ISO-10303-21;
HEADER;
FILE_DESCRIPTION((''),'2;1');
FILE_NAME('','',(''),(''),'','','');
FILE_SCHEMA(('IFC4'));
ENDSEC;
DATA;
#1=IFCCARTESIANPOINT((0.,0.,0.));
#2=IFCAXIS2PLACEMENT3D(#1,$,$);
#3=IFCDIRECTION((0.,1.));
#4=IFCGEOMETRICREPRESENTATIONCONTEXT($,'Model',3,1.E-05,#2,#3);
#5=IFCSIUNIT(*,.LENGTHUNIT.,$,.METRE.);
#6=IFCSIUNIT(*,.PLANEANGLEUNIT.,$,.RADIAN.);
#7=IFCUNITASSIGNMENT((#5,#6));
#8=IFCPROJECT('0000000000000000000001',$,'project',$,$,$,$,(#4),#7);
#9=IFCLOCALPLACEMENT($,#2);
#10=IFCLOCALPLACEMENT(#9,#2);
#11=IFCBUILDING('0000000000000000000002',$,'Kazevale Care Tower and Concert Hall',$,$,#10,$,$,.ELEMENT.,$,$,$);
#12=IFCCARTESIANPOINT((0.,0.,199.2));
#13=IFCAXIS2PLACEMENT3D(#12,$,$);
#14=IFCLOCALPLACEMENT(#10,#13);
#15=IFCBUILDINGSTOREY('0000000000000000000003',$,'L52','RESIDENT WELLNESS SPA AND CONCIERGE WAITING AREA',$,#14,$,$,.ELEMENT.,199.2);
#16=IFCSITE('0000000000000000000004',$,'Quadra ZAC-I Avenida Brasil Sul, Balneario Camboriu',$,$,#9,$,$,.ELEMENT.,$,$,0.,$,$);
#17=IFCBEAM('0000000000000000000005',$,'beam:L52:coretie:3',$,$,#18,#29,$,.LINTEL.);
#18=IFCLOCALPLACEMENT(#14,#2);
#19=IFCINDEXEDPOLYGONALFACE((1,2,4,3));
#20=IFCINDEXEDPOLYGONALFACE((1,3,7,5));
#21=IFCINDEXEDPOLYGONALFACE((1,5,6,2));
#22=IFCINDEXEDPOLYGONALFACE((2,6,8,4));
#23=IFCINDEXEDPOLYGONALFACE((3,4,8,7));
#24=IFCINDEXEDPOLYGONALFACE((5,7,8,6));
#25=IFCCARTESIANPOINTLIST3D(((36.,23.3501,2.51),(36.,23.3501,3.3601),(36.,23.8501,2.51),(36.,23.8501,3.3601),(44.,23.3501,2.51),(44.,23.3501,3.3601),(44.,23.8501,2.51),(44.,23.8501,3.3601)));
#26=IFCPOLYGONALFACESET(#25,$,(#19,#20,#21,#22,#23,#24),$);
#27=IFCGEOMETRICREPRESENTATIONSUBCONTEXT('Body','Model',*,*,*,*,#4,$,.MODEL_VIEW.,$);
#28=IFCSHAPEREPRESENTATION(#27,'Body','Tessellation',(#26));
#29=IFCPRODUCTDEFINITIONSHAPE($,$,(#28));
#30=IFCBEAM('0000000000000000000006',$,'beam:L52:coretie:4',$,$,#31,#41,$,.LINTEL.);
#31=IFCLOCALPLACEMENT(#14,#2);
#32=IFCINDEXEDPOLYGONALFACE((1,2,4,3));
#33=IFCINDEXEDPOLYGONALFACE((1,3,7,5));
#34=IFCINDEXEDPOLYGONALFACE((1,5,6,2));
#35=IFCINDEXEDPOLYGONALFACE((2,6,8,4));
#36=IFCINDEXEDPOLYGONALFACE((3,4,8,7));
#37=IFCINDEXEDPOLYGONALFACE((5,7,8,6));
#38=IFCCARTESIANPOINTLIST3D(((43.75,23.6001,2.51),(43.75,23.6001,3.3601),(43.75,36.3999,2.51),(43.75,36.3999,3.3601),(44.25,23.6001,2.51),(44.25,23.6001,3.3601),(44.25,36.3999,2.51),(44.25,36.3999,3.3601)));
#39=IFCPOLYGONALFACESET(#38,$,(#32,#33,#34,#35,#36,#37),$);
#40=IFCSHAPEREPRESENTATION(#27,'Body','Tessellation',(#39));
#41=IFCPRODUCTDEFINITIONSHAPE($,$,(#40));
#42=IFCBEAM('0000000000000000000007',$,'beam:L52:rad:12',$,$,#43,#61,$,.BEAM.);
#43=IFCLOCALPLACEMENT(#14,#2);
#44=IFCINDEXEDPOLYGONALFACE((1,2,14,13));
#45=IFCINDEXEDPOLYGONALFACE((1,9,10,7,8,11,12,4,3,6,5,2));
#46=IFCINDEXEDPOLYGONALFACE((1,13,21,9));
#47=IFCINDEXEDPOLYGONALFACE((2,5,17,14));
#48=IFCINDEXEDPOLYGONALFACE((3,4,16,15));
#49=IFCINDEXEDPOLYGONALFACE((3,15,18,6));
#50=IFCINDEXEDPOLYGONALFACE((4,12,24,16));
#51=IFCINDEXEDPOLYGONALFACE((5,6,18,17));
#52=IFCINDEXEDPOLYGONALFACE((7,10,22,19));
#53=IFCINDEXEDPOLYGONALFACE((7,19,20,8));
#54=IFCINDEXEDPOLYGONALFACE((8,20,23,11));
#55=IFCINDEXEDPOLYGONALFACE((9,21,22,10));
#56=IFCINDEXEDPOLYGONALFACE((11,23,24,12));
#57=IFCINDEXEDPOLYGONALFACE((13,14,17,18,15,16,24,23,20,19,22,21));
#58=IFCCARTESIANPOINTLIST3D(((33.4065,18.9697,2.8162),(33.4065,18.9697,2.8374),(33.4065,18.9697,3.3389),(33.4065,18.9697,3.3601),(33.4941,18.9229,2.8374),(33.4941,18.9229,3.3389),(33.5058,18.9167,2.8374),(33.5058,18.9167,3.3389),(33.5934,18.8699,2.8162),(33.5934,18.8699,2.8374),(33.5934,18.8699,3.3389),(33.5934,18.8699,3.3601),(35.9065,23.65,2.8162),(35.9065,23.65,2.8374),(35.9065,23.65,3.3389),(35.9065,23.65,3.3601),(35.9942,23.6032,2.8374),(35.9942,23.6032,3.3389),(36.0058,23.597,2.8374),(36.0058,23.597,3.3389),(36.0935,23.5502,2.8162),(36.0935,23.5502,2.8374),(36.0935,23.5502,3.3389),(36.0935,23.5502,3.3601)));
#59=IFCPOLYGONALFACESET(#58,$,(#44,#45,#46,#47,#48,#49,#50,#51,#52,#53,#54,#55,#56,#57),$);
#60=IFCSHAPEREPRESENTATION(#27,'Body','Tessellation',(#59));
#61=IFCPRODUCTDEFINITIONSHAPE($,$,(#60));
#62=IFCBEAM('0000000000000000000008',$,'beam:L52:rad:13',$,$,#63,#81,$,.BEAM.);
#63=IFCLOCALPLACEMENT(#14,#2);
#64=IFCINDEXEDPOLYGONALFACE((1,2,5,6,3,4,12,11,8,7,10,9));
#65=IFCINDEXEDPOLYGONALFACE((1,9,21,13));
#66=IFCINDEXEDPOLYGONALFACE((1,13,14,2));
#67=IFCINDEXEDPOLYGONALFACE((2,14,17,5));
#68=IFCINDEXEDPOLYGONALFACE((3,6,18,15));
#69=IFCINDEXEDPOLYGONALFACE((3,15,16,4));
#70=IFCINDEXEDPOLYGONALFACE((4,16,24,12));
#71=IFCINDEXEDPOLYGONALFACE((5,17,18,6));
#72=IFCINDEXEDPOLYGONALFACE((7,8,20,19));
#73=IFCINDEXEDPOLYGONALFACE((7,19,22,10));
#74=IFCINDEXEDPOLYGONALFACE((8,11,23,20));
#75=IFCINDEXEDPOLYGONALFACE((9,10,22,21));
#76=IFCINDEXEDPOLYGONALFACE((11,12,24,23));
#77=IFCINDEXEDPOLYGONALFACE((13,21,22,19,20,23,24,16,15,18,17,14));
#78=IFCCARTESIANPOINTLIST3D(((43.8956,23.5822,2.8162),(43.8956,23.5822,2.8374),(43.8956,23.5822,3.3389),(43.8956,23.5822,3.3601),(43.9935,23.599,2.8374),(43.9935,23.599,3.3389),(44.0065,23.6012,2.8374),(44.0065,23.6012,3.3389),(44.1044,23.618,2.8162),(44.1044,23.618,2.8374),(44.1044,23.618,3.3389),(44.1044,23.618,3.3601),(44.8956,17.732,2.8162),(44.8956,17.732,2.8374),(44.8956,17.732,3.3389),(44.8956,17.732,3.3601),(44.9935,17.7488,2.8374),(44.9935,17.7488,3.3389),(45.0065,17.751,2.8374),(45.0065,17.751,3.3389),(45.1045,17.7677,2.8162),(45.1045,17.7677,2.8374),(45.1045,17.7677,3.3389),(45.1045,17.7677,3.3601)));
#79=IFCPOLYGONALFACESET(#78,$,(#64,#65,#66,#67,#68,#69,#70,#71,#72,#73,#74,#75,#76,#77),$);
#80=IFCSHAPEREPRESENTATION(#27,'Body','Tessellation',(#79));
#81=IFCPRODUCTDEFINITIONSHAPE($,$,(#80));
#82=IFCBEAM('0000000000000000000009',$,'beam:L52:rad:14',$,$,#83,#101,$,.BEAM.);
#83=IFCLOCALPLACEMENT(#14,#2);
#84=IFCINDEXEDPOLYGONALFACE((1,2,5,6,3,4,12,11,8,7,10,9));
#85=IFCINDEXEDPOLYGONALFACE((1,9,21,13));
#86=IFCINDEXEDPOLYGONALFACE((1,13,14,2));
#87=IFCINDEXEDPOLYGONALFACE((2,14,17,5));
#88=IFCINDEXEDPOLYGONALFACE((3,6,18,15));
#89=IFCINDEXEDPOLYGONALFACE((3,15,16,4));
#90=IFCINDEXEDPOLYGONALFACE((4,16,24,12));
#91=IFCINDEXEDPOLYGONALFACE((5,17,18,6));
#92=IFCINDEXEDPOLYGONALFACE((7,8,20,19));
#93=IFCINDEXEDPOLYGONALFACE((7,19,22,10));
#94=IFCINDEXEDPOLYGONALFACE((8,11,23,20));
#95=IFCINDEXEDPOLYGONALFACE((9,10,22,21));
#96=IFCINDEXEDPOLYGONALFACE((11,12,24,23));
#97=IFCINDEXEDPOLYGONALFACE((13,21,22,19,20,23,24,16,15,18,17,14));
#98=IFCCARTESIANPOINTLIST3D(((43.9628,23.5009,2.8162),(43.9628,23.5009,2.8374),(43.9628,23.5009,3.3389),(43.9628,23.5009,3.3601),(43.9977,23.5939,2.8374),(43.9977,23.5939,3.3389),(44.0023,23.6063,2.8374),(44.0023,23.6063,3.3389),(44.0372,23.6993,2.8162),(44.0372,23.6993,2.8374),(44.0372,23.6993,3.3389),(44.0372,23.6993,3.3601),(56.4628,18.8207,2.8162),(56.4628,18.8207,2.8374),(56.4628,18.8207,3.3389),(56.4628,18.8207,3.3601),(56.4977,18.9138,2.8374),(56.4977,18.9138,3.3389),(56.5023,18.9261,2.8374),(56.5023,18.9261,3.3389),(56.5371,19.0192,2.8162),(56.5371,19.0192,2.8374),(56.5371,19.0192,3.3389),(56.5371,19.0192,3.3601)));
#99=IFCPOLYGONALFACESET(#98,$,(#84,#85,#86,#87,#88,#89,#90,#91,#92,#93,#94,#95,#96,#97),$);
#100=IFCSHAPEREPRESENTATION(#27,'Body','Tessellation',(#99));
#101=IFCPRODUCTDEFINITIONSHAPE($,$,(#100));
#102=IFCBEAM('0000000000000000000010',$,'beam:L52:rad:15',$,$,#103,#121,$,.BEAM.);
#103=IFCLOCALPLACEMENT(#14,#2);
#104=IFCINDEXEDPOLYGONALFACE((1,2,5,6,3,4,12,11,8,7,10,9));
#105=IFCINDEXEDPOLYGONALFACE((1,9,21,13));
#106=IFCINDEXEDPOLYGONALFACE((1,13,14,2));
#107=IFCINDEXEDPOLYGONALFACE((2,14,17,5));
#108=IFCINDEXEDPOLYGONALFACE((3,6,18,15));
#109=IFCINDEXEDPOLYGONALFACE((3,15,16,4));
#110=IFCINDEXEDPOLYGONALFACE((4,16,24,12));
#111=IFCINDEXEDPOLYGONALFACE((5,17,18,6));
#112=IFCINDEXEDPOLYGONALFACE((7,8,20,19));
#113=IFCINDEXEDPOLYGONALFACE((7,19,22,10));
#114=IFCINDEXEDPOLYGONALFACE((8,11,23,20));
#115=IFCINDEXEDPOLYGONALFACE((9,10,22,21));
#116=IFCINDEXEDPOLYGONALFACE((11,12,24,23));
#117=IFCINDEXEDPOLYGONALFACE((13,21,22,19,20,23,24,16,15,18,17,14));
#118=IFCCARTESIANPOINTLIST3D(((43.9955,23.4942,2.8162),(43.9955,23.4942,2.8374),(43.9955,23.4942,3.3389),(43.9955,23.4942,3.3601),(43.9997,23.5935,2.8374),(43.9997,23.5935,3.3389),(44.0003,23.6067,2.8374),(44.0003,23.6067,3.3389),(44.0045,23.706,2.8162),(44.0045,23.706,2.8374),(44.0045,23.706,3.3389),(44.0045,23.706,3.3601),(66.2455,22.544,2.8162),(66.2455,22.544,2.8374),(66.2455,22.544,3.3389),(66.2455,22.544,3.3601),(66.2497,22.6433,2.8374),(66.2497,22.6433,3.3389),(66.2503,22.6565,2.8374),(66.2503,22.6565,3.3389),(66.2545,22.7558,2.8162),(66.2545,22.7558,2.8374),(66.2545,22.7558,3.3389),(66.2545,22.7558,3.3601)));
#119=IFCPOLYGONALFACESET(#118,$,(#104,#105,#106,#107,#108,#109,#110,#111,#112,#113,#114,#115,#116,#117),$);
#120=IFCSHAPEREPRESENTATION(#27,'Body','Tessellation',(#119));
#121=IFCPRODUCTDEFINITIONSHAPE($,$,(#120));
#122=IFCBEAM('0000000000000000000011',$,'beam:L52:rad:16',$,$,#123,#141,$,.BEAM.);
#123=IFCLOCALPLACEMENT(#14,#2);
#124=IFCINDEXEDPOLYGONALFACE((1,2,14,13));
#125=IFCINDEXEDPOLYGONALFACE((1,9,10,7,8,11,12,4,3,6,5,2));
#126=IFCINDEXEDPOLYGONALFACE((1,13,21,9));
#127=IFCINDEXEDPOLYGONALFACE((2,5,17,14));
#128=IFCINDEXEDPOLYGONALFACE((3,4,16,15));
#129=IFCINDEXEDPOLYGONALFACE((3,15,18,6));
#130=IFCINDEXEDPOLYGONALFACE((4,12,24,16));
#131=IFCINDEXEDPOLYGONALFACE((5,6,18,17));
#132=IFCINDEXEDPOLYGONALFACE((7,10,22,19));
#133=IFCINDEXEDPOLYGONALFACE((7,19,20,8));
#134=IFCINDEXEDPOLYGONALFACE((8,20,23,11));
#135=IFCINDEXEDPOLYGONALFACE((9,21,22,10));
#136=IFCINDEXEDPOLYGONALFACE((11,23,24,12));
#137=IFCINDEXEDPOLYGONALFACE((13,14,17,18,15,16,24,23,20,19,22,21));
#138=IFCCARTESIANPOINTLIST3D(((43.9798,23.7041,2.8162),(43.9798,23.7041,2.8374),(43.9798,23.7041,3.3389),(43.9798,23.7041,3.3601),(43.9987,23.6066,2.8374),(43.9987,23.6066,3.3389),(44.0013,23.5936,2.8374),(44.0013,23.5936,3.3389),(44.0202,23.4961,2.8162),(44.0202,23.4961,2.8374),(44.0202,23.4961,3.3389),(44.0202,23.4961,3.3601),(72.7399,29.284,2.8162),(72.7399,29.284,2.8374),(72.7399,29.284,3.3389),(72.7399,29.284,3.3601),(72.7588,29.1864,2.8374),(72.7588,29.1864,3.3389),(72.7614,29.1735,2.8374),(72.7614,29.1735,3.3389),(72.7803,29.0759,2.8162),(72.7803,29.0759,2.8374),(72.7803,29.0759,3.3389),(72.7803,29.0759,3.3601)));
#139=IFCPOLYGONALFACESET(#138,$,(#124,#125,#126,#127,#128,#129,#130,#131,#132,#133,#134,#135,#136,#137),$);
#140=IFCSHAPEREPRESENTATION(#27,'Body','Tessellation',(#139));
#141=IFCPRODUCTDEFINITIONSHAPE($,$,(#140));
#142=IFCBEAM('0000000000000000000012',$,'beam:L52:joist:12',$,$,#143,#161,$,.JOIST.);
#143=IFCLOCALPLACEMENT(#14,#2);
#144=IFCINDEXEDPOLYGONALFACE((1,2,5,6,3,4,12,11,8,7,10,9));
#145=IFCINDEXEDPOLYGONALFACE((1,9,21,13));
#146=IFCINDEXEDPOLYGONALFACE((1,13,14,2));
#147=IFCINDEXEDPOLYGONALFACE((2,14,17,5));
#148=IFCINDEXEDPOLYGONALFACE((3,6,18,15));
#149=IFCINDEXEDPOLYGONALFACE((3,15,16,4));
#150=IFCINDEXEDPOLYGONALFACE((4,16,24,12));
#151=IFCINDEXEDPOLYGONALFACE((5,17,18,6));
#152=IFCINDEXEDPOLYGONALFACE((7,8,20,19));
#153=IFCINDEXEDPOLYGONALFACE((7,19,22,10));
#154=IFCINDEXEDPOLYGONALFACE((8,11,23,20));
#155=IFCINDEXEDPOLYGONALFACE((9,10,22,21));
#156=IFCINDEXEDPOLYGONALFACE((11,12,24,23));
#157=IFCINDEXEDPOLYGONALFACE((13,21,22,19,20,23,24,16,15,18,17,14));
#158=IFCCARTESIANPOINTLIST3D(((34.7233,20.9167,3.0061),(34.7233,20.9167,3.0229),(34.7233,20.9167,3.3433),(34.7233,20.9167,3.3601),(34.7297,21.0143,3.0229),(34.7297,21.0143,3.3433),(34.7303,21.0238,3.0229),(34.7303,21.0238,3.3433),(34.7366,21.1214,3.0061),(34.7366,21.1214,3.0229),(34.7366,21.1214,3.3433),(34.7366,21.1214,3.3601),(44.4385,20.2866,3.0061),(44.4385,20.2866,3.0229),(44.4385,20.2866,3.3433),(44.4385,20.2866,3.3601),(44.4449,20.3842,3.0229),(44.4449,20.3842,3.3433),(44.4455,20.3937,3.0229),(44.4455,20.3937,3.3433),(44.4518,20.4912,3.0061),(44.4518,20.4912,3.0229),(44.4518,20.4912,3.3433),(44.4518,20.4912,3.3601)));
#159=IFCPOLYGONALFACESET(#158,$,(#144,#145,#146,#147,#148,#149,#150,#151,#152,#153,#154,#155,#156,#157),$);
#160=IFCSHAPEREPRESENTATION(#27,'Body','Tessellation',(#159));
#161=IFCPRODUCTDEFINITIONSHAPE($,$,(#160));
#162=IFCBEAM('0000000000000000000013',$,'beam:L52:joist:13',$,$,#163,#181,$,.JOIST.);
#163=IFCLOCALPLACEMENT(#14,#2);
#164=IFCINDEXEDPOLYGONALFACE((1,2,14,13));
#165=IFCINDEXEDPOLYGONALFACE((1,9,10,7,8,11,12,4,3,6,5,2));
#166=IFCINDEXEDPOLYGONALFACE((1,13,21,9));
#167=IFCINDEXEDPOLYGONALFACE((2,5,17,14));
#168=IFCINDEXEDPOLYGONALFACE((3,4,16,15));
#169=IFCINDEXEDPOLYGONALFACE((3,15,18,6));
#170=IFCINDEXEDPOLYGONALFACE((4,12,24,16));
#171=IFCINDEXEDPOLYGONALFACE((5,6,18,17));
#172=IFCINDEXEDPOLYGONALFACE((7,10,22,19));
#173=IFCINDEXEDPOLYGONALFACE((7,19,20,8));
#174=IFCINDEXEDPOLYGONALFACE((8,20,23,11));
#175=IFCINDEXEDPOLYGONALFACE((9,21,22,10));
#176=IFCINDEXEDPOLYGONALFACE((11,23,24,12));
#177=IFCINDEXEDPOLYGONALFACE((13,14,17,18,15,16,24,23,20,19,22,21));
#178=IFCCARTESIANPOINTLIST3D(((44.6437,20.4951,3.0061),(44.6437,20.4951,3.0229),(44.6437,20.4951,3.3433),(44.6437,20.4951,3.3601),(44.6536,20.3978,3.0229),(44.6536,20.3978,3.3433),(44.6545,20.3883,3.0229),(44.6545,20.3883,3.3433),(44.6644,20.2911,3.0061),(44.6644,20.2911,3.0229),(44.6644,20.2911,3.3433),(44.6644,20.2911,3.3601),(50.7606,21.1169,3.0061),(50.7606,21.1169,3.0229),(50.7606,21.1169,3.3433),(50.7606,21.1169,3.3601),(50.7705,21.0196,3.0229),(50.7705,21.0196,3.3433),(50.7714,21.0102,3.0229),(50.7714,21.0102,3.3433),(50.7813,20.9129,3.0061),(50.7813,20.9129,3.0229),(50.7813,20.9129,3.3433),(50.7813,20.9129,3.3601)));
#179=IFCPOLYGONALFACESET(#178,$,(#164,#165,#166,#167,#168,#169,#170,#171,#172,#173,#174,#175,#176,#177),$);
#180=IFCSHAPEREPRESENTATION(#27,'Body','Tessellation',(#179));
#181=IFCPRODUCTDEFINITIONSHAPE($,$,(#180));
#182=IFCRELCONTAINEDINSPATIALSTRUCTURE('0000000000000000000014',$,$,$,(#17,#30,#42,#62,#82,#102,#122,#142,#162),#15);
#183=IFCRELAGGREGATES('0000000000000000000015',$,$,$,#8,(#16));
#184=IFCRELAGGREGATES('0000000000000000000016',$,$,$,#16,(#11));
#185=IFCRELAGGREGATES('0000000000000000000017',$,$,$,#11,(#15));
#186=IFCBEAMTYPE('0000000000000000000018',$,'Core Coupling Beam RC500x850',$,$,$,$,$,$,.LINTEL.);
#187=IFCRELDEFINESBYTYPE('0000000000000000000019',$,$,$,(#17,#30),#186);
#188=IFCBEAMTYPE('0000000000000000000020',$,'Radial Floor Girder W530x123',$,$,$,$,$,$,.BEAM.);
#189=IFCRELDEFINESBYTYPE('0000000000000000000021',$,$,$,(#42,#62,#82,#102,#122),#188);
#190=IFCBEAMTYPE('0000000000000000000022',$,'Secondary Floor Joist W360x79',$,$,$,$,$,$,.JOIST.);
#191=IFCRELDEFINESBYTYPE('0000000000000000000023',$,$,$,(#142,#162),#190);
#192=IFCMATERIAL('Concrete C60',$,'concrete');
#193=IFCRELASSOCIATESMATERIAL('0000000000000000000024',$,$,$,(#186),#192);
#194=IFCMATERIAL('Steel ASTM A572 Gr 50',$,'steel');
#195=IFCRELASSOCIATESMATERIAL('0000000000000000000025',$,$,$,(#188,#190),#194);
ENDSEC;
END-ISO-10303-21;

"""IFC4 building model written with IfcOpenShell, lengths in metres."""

from ifc_helpers import new_model, si_unit, direction, frame, origin, origin_2d, place, context, subcontext, project, spatial, rectangle, i_section, extrude, material, material_profile, profile_set, type_object, element, save


model = new_model("IFC4")

# Units and contexts
model_context = context("Model", 3, precision=1e-05, world=origin(), true_north=direction((0.0, 1.0)))
body_context = subcontext(model_context, "Body", "Model", "MODEL_VIEW")
ifc_project = project(units=[si_unit("LENGTHUNIT", "METRE"), si_unit("PLANEANGLEUNIT", "RADIAN")], contexts=[model_context])

# Site, building, storey
site_placement = place(None, origin())
site = spatial("IfcSite", under=ifc_project, at=site_placement, Name="Quadra ZAC-I Avenida Brasil Sul, Balneario Camboriu", CompositionType="ELEMENT", RefElevation=0.0)
building_placement = place(site_placement, origin())
building = spatial("IfcBuilding", under=site, at=building_placement, Name="Kazevale Care Tower and Concert Hall", CompositionType="ELEMENT")
storey_placement = place(building_placement, frame((0.0, 0.0, 199.2)))
storey = spatial("IfcBuildingStorey", under=building, at=storey_placement, Name="L52", Description="RESIDENT WELLNESS SPA AND CONCIERGE WAITING AREA", CompositionType="ELEMENT", Elevation=199.2)

# Beams
ifc_material_1 = material(Name="Concrete C60", Category="concrete")
ifc_material_profile_1 = material_profile(ifc_material_1, rectangle(XDim=0.5, YDim=0.8501, at=origin_2d()), Name="RC-B500x850")
ifc_profile_set_1 = profile_set([ifc_material_profile_1], Name="Concrete C60")
beam_type_1 = type_object("IfcBeamType", Name="Core Coupling Beam RC500x850", PredefinedType="LINTEL", material=ifc_profile_set_1)
beam_1_placement = place(storey_placement, frame((36.0, 23.6001, 2.9351), z_axis=(1.0, 0.0, 0.0), x_axis=(0.0, 1.0, 0.0)))
element("IfcBeam", 1, at=beam_1_placement, inside=storey, type_object=beam_type_1, Name="beam:L52:coretie:3", PredefinedType="LINTEL", context=body_context, shape_type="SweptSolid", body=[
    extrude(rectangle(XDim=0.5, YDim=0.8501, at=origin_2d()), origin(), (0.0, 0.0, 1.0), 8.0),
])
beam_2_placement = place(storey_placement, frame((44.0, 23.6001, 2.9351), z_axis=(0.0, 1.0, 0.0), x_axis=(-1.0, 0.0, 0.0)))
element("IfcBeam", 2, at=beam_2_placement, inside=storey, type_object=beam_type_1, Name="beam:L52:coretie:4", PredefinedType="LINTEL", context=body_context, shape_type="SweptSolid", body=[
    extrude(rectangle(XDim=0.5, YDim=0.8501, at=origin_2d()), origin(), (0.0, 0.0, 1.0), 12.7998),
])
ifc_material_2 = material(Name="Steel ASTM A572 Gr 50", Category="steel")
ifc_material_profile_2 = material_profile(ifc_material_2, i_section(OverallWidth=0.2119, OverallDepth=0.5439, WebThickness=0.0132, FlangeThickness=0.0212, at=origin_2d()), Name="W530x123")
ifc_profile_set_2 = profile_set([ifc_material_profile_2], Name="Steel ASTM A572 Gr 50")
beam_type_2 = type_object("IfcBeamType", Name="Radial Floor Girder W530x123", PredefinedType="BEAM", material=ifc_profile_set_2)
beam_3_placement = place(storey_placement, frame((36.0, 23.6001, 3.0881), z_axis=(-0.471161, -0.882047, 0.0), x_axis=(0.882047, -0.471161, 0.0)))
element("IfcBeam", 3, at=beam_3_placement, inside=storey, type_object=beam_type_2, Name="beam:L52:rad:12", PredefinedType="BEAM", context=body_context, shape_type="SweptSolid", body=[
    extrude(i_section(OverallWidth=0.2119, OverallDepth=0.5439, WebThickness=0.0132, FlangeThickness=0.0212, at=origin_2d()), origin(), (0.0, 0.0, 1.0), 5.3062),
])
beam_4_placement = place(storey_placement, frame((44.0, 23.6001, 3.0881), z_axis=(0.168493, -0.985703, 0.0), x_axis=(0.985703, 0.168493, 0.0)))
element("IfcBeam", 4, at=beam_4_placement, inside=storey, type_object=beam_type_2, Name="beam:L52:rad:13", PredefinedType="BEAM", context=body_context, shape_type="SweptSolid", body=[
    extrude(i_section(OverallWidth=0.2119, OverallDepth=0.5439, WebThickness=0.0132, FlangeThickness=0.0212, at=origin_2d()), origin(), (0.0, 0.0, 1.0), 5.9351),
])
beam_5_placement = place(storey_placement, frame((44.0, 23.6001, 3.0881), z_axis=(0.936509, -0.350642, 0.0), x_axis=(0.350642, 0.936509, 0.0)))
element("IfcBeam", 5, at=beam_5_placement, inside=storey, type_object=beam_type_2, Name="beam:L52:rad:14", PredefinedType="BEAM", context=body_context, shape_type="SweptSolid", body=[
    extrude(i_section(OverallWidth=0.2119, OverallDepth=0.5439, WebThickness=0.0132, FlangeThickness=0.0212, at=origin_2d()), origin(), (0.0, 0.0, 1.0), 13.3474),
])
beam_6_placement = place(storey_placement, frame((44.0, 23.6001, 3.0881), z_axis=(0.999089, -0.042667, 0.0), x_axis=(0.042667, 0.999089, 0.0)))
element("IfcBeam", 6, at=beam_6_placement, inside=storey, type_object=beam_type_2, Name="beam:L52:rad:15", PredefinedType="BEAM", context=body_context, shape_type="SweptSolid", body=[
    extrude(i_section(OverallWidth=0.2119, OverallDepth=0.5439, WebThickness=0.0132, FlangeThickness=0.0212, at=origin_2d()), origin(), (0.0, 0.0, 1.0), 22.2703),
])
beam_7_placement = place(storey_placement, frame((44.0, 23.6001, 3.0881), z_axis=(0.981695, 0.190462, 0.0), x_axis=(-0.190462, 0.981695, 0.0)))
element("IfcBeam", 7, at=beam_7_placement, inside=storey, type_object=beam_type_2, Name="beam:L52:rad:16", PredefinedType="BEAM", context=body_context, shape_type="SweptSolid", body=[
    extrude(i_section(OverallWidth=0.2119, OverallDepth=0.5439, WebThickness=0.0132, FlangeThickness=0.0212, at=origin_2d()), origin(), (0.0, 0.0, 1.0), 29.2964),
])
ifc_material_profile_3 = material_profile(ifc_material_2, i_section(OverallWidth=0.2051, OverallDepth=0.354, WebThickness=0.0095, FlangeThickness=0.0168, at=origin_2d()), Name="W360x79")
ifc_profile_set_3 = profile_set([ifc_material_profile_3], Name="Steel ASTM A572 Gr 50")
beam_type_3 = type_object("IfcBeamType", Name="Secondary Floor Joist W360x79", PredefinedType="JOIST", material=ifc_profile_set_3)
beam_8_placement = place(storey_placement, frame((34.73, 21.019, 3.1831), z_axis=(0.997903, -0.064725, 0.0), x_axis=(0.064725, 0.997903, 0.0)))
element("IfcBeam", 8, at=beam_8_placement, inside=storey, type_object=beam_type_3, Name="beam:L52:joist:12", PredefinedType="JOIST", context=body_context, shape_type="SweptSolid", body=[
    extrude(i_section(OverallWidth=0.2051, OverallDepth=0.354, WebThickness=0.0095, FlangeThickness=0.0168, at=origin_2d()), origin(), (0.0, 0.0, 1.0), 9.7356),
])
beam_9_placement = place(storey_placement, frame((44.6541, 20.3931, 3.1831), z_axis=(0.994873, 0.101135, 0.0), x_axis=(-0.101135, 0.994873, 0.0)))
element("IfcBeam", 9, at=beam_9_placement, inside=storey, type_object=beam_type_3, Name="beam:L52:joist:13", PredefinedType="JOIST", context=body_context, shape_type="SweptSolid", body=[
    extrude(i_section(OverallWidth=0.2051, OverallDepth=0.354, WebThickness=0.0095, FlangeThickness=0.0168, at=origin_2d()), origin(), (0.0, 0.0, 1.0), 6.1484),
])

save(model, "model.ifc")
